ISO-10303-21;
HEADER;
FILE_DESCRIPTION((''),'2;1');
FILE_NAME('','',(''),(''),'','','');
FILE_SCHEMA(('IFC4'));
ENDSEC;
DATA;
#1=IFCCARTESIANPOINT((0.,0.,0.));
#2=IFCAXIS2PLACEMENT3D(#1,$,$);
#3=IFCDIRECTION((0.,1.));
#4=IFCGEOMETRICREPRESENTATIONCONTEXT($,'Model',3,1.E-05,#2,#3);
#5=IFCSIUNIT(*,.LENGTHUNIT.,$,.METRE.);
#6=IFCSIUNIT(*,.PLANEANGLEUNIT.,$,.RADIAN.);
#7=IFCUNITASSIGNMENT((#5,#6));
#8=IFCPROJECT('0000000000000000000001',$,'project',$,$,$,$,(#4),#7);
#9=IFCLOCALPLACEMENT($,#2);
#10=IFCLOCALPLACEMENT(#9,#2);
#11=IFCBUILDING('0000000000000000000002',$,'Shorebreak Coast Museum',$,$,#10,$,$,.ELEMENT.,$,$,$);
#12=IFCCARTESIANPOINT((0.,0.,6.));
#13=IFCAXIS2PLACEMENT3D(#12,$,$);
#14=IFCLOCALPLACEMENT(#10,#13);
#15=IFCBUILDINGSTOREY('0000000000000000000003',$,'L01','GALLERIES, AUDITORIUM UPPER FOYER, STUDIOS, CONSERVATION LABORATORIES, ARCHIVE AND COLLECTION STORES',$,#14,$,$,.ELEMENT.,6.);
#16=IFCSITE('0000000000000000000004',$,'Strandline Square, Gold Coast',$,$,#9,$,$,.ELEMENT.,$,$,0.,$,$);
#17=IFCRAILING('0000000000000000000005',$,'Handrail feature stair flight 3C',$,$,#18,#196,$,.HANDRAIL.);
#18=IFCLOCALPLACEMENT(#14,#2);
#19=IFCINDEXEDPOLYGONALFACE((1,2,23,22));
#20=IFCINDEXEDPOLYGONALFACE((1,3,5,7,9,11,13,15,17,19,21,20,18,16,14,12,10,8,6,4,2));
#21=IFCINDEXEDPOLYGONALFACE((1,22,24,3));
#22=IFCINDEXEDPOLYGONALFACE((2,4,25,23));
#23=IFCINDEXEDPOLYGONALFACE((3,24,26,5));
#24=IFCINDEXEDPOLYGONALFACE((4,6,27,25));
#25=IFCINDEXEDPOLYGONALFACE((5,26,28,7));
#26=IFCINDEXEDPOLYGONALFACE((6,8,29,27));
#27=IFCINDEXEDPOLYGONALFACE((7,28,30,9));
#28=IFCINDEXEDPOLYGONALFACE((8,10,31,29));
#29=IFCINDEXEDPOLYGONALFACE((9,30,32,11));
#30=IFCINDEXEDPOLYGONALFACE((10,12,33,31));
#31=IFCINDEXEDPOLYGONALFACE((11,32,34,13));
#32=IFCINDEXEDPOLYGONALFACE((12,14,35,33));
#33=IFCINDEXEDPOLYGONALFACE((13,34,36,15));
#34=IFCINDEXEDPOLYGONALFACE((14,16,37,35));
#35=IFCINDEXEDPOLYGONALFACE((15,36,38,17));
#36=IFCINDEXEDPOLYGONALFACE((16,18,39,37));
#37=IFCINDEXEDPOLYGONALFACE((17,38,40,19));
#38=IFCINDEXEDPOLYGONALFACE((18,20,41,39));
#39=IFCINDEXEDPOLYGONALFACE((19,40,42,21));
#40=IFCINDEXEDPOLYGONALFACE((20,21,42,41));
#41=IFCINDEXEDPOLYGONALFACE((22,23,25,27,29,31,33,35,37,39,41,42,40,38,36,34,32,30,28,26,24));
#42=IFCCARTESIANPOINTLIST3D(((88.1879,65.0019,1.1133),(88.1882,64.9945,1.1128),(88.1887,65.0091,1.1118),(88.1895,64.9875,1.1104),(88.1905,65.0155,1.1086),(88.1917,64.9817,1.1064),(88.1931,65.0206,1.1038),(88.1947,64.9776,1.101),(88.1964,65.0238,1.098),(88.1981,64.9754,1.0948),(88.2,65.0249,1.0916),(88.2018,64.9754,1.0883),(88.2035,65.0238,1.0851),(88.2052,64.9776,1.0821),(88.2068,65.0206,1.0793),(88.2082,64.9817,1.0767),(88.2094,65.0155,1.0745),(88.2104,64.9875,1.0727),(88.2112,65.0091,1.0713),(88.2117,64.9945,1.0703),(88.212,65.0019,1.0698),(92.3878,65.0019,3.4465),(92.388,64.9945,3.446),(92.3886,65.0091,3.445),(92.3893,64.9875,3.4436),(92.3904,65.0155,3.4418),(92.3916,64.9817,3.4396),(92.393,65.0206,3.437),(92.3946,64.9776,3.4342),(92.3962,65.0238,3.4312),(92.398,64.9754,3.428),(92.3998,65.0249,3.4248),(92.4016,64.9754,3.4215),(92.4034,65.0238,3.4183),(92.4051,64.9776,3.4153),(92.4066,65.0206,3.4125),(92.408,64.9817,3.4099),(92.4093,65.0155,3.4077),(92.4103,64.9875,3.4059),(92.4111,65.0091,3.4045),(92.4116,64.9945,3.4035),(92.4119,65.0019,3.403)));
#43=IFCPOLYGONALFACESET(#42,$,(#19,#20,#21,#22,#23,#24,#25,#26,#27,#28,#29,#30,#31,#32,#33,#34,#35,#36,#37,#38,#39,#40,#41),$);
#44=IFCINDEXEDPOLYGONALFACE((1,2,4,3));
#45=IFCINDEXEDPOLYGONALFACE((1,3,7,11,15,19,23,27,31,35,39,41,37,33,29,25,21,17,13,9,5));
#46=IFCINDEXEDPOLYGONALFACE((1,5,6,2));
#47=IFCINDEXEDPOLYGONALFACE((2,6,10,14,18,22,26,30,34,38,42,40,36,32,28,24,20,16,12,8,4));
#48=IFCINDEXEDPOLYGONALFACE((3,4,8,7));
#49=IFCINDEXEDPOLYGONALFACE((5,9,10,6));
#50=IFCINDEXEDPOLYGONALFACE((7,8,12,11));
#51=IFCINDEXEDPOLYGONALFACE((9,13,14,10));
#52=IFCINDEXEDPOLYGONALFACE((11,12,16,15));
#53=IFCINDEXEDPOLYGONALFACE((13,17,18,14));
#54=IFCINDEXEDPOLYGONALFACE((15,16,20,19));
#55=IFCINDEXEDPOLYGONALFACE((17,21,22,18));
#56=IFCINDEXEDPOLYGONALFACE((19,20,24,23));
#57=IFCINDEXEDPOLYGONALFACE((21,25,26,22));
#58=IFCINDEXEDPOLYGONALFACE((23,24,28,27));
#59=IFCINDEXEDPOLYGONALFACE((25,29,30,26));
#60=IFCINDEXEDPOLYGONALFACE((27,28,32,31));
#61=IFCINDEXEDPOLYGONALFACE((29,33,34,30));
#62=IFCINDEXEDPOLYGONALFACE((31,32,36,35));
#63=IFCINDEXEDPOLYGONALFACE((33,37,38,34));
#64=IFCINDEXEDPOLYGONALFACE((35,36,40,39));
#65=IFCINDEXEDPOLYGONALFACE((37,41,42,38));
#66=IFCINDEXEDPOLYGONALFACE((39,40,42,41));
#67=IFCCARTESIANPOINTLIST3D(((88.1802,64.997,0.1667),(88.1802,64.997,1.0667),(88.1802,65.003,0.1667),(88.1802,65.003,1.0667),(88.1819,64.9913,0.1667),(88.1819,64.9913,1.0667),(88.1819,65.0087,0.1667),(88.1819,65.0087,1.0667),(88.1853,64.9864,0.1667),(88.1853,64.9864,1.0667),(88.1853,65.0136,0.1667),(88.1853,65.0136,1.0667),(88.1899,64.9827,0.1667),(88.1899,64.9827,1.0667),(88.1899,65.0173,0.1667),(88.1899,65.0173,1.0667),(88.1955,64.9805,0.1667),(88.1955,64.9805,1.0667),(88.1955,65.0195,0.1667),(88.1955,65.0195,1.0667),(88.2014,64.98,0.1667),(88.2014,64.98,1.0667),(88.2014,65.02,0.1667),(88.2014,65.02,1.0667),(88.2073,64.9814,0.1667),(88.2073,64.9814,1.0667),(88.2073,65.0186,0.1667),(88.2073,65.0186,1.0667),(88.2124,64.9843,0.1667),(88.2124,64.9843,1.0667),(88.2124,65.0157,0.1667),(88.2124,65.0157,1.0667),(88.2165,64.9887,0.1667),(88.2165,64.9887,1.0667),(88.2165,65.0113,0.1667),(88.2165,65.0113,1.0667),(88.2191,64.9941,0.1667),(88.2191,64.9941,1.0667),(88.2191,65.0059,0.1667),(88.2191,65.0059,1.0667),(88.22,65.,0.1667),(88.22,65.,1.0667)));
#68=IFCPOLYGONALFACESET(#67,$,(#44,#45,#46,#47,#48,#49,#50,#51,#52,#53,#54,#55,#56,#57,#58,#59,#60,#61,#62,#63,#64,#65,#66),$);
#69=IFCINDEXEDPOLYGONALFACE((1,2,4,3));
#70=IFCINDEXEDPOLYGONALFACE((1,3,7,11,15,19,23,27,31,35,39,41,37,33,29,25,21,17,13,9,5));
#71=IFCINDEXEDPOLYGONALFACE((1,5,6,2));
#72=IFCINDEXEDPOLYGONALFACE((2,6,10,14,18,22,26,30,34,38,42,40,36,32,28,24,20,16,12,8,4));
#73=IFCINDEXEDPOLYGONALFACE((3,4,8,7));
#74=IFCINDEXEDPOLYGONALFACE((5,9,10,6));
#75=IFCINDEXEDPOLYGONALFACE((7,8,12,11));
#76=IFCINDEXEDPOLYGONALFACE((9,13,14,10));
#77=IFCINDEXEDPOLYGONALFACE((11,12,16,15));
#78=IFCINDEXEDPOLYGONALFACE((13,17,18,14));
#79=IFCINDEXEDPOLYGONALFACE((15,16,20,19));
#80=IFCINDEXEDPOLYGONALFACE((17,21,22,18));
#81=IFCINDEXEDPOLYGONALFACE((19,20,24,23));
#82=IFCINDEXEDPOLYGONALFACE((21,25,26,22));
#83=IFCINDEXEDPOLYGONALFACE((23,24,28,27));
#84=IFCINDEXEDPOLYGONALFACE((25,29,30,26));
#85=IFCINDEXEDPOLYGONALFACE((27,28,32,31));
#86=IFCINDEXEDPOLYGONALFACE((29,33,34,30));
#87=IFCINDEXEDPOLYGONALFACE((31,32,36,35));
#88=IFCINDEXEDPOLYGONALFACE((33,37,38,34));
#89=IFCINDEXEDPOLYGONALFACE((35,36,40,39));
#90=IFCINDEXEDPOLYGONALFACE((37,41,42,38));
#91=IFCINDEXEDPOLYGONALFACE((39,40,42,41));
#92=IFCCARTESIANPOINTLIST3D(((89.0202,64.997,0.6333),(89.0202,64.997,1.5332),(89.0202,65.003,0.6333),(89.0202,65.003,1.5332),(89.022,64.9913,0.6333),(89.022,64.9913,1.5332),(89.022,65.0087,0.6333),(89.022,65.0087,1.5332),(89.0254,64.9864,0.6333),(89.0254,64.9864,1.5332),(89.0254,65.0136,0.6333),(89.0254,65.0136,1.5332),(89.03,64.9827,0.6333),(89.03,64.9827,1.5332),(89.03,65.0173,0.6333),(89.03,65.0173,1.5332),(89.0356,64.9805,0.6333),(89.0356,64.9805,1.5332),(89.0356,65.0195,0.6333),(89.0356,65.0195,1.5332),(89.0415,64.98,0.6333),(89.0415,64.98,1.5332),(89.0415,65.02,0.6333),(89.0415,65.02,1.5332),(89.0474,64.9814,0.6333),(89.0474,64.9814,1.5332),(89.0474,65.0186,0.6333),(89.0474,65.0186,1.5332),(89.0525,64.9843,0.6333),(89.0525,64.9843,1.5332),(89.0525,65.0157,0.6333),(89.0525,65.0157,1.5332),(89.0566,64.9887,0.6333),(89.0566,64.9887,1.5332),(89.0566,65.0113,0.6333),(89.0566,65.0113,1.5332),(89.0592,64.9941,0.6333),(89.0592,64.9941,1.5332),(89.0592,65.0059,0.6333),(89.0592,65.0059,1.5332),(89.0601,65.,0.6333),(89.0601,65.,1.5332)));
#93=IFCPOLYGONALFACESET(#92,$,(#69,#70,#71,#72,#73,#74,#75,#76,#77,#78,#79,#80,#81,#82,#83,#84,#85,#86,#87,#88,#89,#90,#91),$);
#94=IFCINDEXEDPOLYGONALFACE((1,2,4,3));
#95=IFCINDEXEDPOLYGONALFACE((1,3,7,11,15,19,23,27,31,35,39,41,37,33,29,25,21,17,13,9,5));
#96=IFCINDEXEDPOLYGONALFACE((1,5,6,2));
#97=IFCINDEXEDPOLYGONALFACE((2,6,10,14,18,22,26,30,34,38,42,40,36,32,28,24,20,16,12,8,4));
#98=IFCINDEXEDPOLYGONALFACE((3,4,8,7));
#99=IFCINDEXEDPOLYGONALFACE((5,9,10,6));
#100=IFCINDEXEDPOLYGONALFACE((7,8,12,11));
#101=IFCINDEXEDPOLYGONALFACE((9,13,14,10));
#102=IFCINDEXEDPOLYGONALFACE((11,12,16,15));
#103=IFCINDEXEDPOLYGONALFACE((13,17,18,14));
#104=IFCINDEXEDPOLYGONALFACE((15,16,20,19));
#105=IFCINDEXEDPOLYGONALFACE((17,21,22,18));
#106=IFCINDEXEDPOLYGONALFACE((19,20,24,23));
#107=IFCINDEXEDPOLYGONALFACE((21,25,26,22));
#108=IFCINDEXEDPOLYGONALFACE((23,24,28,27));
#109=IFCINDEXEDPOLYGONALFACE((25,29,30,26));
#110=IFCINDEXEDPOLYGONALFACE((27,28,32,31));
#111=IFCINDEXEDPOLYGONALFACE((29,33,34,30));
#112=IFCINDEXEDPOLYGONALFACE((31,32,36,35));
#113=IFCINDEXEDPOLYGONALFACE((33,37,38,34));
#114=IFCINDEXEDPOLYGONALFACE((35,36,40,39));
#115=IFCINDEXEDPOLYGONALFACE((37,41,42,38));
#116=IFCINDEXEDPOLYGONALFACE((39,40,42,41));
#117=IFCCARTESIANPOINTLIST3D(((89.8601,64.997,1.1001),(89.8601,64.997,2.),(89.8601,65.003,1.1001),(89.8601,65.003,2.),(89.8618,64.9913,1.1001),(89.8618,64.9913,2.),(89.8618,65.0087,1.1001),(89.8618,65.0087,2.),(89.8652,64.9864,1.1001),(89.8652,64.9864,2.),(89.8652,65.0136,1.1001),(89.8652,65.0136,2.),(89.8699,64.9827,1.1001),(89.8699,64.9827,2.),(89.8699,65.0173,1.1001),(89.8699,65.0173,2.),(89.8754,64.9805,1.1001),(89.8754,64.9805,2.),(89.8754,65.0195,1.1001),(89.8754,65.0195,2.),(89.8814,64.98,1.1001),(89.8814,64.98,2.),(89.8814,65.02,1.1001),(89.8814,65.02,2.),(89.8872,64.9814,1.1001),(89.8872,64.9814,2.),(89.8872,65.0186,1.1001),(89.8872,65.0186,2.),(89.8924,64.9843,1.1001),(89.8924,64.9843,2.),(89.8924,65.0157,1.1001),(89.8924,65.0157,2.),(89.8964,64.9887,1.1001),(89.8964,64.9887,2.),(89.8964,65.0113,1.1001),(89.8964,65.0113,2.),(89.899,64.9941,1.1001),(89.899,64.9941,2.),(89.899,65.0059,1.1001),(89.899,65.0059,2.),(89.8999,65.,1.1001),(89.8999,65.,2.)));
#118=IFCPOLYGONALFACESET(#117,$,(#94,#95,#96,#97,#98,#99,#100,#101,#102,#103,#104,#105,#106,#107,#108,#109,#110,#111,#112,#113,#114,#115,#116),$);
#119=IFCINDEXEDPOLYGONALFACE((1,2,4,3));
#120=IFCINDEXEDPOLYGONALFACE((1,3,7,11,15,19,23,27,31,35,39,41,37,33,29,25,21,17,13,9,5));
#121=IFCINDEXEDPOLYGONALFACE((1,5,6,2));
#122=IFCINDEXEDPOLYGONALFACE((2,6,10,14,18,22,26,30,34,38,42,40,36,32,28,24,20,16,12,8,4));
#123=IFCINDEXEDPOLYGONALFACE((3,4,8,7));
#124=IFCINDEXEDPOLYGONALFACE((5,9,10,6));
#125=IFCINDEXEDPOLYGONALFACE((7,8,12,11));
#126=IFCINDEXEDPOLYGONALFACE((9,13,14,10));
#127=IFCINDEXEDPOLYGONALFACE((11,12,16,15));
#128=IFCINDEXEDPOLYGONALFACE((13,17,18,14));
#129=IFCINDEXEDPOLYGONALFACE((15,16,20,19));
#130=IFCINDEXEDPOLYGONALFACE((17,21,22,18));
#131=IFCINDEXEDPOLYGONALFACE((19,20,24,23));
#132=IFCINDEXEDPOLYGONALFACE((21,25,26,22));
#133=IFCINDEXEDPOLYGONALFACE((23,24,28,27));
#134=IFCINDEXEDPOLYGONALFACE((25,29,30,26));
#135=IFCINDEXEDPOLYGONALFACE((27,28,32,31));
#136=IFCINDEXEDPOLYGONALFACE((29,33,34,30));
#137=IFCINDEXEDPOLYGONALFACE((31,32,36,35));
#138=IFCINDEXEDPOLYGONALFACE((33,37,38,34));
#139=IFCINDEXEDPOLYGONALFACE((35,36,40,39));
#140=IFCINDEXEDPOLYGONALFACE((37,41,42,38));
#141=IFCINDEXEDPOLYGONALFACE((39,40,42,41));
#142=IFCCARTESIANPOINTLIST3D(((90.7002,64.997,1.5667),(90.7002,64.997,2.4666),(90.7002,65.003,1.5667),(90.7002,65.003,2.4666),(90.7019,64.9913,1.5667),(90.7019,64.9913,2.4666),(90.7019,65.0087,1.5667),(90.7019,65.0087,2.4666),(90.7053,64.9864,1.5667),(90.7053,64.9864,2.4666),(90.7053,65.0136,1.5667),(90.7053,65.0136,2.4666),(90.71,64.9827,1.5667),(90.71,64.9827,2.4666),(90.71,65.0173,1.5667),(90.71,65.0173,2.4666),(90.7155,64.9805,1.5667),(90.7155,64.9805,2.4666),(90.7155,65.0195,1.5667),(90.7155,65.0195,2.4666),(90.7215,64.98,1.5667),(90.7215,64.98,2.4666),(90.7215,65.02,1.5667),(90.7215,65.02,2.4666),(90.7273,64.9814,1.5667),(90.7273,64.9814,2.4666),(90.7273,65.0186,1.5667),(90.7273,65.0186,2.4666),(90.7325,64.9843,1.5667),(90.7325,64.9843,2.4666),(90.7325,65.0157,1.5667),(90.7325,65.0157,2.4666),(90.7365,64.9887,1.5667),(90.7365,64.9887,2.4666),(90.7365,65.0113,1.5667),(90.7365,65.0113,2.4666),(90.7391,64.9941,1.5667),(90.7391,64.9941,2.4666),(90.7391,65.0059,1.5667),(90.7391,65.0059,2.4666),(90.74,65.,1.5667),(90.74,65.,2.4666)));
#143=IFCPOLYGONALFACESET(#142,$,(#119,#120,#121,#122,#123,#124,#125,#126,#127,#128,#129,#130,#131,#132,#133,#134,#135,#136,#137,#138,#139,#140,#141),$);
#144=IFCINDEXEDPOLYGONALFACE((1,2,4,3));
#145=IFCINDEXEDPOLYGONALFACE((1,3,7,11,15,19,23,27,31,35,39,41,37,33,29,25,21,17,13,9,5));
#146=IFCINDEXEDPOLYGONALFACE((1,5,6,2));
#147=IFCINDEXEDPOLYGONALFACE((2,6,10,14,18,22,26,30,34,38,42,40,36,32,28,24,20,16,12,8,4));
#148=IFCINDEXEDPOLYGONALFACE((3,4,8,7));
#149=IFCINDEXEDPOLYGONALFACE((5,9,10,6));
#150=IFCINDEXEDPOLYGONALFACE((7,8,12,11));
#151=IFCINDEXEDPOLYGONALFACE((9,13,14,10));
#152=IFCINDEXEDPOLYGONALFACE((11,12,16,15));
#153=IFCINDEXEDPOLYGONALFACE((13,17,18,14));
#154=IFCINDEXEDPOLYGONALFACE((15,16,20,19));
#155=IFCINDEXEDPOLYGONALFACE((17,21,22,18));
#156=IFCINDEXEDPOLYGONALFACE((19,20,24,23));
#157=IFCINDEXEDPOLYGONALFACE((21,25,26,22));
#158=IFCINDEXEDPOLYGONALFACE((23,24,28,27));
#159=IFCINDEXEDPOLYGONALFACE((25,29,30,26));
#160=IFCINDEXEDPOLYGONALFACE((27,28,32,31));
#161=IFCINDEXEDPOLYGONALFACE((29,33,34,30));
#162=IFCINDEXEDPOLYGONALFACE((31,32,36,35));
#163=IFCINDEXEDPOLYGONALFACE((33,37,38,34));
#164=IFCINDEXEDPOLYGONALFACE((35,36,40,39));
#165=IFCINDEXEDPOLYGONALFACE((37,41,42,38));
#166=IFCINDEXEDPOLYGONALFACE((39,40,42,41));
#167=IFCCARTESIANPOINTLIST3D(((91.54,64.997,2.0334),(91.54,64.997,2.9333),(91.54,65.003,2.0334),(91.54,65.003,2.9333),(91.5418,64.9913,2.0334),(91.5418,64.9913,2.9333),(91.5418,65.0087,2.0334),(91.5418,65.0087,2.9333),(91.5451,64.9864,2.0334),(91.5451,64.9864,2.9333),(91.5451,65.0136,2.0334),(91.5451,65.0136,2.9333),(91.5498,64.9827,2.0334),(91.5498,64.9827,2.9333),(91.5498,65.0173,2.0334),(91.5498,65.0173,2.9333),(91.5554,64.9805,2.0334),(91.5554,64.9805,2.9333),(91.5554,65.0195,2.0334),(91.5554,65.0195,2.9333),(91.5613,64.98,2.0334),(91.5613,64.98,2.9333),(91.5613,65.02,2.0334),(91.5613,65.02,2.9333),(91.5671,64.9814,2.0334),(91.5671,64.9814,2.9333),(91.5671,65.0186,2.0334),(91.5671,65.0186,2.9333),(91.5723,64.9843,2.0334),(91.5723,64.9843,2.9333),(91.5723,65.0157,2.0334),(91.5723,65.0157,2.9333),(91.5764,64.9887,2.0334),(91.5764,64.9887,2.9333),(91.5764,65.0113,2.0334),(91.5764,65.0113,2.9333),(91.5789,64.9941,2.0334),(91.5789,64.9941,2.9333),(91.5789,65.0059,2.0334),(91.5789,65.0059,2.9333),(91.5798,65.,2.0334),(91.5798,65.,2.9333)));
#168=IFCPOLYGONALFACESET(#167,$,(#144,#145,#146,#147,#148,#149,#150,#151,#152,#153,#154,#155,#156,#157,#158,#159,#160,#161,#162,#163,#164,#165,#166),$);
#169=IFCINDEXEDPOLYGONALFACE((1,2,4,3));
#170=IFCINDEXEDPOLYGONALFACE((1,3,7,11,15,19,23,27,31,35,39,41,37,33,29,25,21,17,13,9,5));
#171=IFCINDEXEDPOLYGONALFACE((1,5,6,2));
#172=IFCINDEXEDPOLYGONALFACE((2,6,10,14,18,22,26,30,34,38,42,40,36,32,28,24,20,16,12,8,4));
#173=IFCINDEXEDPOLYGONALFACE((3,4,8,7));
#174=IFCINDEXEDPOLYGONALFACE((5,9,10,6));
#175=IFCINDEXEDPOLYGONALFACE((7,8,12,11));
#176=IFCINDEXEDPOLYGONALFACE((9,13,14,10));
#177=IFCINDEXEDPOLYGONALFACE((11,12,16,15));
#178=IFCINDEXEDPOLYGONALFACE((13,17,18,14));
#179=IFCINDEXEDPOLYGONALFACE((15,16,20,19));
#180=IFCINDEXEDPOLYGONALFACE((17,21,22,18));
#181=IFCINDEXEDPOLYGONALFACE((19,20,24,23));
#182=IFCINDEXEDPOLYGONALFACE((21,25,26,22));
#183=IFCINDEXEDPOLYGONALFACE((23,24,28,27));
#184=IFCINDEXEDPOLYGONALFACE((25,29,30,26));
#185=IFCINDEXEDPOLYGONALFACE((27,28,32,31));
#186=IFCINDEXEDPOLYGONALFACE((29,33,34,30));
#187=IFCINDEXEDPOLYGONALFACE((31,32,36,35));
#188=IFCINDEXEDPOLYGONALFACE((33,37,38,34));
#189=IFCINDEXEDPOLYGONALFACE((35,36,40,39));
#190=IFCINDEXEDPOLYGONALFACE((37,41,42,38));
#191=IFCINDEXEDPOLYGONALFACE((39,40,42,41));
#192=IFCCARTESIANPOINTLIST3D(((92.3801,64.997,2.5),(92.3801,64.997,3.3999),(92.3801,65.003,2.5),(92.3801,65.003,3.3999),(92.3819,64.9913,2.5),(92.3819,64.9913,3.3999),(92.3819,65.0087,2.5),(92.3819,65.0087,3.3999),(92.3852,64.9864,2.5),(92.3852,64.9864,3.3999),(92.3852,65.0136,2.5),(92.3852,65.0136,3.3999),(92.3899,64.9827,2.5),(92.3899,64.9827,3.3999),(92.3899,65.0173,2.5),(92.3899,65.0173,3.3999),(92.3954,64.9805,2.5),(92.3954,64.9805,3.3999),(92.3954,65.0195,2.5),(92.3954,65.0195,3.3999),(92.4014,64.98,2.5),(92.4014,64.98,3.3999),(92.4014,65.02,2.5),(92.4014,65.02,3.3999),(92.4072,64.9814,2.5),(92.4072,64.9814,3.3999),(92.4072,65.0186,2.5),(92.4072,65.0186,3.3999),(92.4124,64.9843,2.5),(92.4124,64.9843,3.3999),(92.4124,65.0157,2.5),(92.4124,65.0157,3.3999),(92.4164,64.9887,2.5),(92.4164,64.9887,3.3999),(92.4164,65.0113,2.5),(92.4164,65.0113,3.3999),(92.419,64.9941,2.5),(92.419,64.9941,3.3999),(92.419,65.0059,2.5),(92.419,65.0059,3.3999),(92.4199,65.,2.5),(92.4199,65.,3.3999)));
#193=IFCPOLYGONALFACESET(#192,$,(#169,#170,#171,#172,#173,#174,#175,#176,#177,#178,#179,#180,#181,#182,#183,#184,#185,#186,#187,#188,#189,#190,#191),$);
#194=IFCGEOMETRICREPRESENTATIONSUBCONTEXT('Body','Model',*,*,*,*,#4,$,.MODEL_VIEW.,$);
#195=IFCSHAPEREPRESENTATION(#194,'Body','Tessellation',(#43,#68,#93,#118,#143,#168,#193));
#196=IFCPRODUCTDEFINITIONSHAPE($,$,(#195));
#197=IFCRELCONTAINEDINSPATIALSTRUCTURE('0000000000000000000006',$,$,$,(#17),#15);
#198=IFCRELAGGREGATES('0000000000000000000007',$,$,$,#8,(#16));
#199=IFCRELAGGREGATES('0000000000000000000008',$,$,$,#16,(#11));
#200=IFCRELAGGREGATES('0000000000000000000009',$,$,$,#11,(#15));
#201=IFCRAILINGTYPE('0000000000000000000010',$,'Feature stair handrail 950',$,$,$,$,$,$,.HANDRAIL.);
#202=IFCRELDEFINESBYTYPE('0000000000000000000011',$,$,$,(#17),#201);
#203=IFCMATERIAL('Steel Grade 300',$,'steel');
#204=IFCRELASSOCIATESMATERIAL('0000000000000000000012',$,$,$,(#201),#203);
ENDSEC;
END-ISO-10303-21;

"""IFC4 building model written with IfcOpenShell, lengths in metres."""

from ifc_helpers import new_model, si_unit, direction, frame, origin, origin_2d, place, context, subcontext, project, spatial, circle, extrude, material, type_object, element, save


model = new_model("IFC4")

# Units and contexts
model_context = context("Model", 3, precision=1e-05, world=origin(), true_north=direction((0.0, 1.0)))
body_context = subcontext(model_context, "Body", "Model", "MODEL_VIEW")
ifc_project = project(units=[si_unit("LENGTHUNIT", "METRE"), si_unit("PLANEANGLEUNIT", "RADIAN")], contexts=[model_context])

# Site, building, storey
site_placement = place(None, origin())
site = spatial("IfcSite", under=ifc_project, at=site_placement, Name="Strandline Square, Gold Coast", CompositionType="ELEMENT", RefElevation=0.0)
building_placement = place(site_placement, origin())
building = spatial("IfcBuilding", under=site, at=building_placement, Name="Shorebreak Coast Museum", CompositionType="ELEMENT")
storey_placement = place(building_placement, frame((0.0, 0.0, 6.0)))
storey = spatial("IfcBuildingStorey", under=building, at=storey_placement, Name="L01", Description="GALLERIES, AUDITORIUM UPPER FOYER, STUDIOS, CONSERVATION LABORATORIES, ARCHIVE AND COLLECTION STORES", CompositionType="ELEMENT", Elevation=6.0)

# Railing
ifc_material_1 = material(Name="Steel Grade 300", Category="steel")
railing_type_1 = type_object("IfcRailingType", Name="Feature stair handrail 950", PredefinedType="HANDRAIL", material=ifc_material_1)
for number, where, name in (
    (1, (88.2, 65.0, 0.1667), "Handrail feature stair flight 3C"),
):
    element("IfcRailing", number, at=place(storey_placement, frame(where)), inside=storey, type_object=railing_type_1, Name=name, PredefinedType="HANDRAIL", context=body_context, shape_type="SweptSolid", body=[
        extrude(circle(Radius=0.0249, at=origin_2d()), frame((0.0, 0.0, 0.9248), z_axis=(0.874162, 0.0, 0.485634), x_axis=(0.0, 1.0, 0.0)), (0.0, 0.0, 1.0), 4.8044),
        extrude(circle(Radius=0.02, at=origin_2d()), origin(), (0.0, 0.0, 1.0), 0.8999),
        extrude(circle(Radius=0.02, at=origin_2d()), frame((0.8401, 0.0, 0.4666)), (0.0, 0.0, 1.0), 0.8999),
        extrude(circle(Radius=0.02, at=origin_2d()), frame((1.6799, 0.0, 0.9333)), (0.0, 0.0, 1.0), 0.8999),
        extrude(circle(Radius=0.02, at=origin_2d()), frame((2.52, 0.0, 1.3999)), (0.0, 0.0, 1.0), 0.8999),
        extrude(circle(Radius=0.02, at=origin_2d()), frame((3.3599, 0.0, 1.8667)), (0.0, 0.0, 1.0), 0.8999),
        extrude(circle(Radius=0.02, at=origin_2d()), frame((4.2, 0.0, 2.3333)), (0.0, 0.0, 1.0), 0.8999),
    ])

save(model, "model.ifc")
